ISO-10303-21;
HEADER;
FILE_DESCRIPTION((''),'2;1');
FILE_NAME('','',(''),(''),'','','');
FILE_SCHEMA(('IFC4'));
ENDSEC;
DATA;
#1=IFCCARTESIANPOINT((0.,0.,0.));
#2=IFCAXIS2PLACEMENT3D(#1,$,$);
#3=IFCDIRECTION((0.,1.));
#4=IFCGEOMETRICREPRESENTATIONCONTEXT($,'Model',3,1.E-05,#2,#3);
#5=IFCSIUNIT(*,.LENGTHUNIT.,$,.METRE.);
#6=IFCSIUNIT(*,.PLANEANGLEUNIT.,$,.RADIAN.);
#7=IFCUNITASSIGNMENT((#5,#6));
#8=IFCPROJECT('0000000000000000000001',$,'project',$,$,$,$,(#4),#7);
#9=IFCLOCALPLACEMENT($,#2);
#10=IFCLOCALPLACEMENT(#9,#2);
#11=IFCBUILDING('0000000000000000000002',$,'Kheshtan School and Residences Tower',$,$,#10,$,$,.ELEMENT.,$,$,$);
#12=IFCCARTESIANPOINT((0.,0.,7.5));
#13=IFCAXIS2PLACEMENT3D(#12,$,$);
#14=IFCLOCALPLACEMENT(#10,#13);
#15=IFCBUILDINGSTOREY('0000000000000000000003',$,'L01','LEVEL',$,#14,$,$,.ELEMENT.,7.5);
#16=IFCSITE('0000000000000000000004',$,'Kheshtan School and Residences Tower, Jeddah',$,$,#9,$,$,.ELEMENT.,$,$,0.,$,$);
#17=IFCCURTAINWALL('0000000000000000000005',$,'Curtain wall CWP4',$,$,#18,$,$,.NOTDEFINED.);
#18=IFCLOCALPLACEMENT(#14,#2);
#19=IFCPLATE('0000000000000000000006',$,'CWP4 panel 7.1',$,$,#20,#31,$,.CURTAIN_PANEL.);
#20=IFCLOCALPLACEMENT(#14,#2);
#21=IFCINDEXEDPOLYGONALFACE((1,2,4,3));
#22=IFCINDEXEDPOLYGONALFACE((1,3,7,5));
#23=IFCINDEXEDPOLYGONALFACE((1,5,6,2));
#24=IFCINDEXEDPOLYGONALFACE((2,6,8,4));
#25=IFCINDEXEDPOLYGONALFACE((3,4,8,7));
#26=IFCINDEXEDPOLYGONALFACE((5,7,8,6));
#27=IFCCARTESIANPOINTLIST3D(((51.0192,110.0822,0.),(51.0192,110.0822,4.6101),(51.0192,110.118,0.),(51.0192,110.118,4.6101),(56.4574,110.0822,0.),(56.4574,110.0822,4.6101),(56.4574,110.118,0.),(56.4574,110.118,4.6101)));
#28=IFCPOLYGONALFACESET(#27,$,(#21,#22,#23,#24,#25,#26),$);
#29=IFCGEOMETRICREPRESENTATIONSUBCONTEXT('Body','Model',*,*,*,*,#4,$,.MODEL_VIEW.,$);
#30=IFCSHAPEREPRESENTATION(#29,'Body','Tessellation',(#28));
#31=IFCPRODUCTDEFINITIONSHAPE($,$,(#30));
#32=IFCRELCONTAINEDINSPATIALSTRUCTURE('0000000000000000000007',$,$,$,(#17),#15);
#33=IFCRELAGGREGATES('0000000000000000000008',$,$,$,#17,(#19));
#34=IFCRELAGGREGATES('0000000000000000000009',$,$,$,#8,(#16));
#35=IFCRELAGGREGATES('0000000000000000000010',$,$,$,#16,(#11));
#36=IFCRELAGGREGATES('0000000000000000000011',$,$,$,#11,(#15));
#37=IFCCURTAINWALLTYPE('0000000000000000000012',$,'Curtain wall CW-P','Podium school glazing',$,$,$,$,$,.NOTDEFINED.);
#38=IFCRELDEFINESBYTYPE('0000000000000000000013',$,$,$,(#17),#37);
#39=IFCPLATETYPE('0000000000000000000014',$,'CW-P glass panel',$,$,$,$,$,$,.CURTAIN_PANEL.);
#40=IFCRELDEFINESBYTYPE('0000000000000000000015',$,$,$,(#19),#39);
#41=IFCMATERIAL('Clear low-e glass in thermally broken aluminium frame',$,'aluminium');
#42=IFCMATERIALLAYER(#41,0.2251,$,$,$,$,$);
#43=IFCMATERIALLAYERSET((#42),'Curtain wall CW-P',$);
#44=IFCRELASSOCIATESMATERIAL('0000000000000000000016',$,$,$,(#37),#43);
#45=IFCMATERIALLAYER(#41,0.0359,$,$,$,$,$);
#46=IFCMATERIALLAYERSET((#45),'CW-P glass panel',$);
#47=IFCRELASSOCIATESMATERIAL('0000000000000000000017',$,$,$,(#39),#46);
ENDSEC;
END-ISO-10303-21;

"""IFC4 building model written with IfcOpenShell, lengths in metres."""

from ifc_helpers import new_model, si_unit, direction, frame, origin, origin_2d, place, context, subcontext, project, spatial, rectangle, extrude, material, layer, layer_set, type_object, element, aggregate, save


model = new_model("IFC4")

# Units and contexts
model_context = context("Model", 3, precision=1e-05, world=origin(), true_north=direction((0.0, 1.0)))
body_context = subcontext(model_context, "Body", "Model", "MODEL_VIEW")
ifc_project = project(units=[si_unit("LENGTHUNIT", "METRE"), si_unit("PLANEANGLEUNIT", "RADIAN")], contexts=[model_context])

# Site, building, storey
site_placement = place(None, origin())
site = spatial("IfcSite", under=ifc_project, at=site_placement, Name="Kheshtan School and Residences Tower, Jeddah", CompositionType="ELEMENT", RefElevation=0.0)
building_placement = place(site_placement, origin())
building = spatial("IfcBuilding", under=site, at=building_placement, Name="Kheshtan School and Residences Tower", CompositionType="ELEMENT")
storey_placement = place(building_placement, frame((0.0, 0.0, 7.5)))
storey = spatial("IfcBuildingStorey", under=building, at=storey_placement, Name="L01", Description="LEVEL", CompositionType="ELEMENT", Elevation=7.5)

# Curtain wall, plate
ifc_material_1 = material(Name="Clear low-e glass in thermally broken aluminium frame", Category="aluminium")
ifc_layer_1 = layer(ifc_material_1, 0.2251)
ifc_layer_set_1 = layer_set([ifc_layer_1], Name="Curtain wall CW-P")
curtain_wall_type = type_object("IfcCurtainWallType", Name="Curtain wall CW-P", Description="Podium school glazing", PredefinedType="NOTDEFINED", material=ifc_layer_set_1)
curtain_wall_placement = place(storey_placement, origin())
curtain_wall = element("IfcCurtainWall", 1, at=curtain_wall_placement, inside=storey, type_object=curtain_wall_type, Name="Curtain wall CWP4", PredefinedType="NOTDEFINED")
ifc_layer_2 = layer(ifc_material_1, 0.0359)
ifc_layer_set_2 = layer_set([ifc_layer_2], Name="CW-P glass panel")
plate_type = type_object("IfcPlateType", Name="CW-P glass panel", PredefinedType="CURTAIN_PANEL", material=ifc_layer_set_2)
plate_1_placement = place(storey_placement, frame((53.7383, 110.1001, 0.0), z_axis=(0.0, 0.0, 1.0), x_axis=(1.0, 0.0, 0.0)))
plate_1 = element("IfcPlate", 2, at=plate_1_placement, type_object=plate_type, Name="CWP4 panel 7.1", PredefinedType="CURTAIN_PANEL", context=body_context, shape_type="SweptSolid", body=[
    extrude(rectangle(XDim=5.4382, YDim=0.0359, at=origin_2d()), origin(), (0.0, 0.0, 1.0), 4.6101),
])
aggregate(curtain_wall, [plate_1])

save(model, "model.ifc")
